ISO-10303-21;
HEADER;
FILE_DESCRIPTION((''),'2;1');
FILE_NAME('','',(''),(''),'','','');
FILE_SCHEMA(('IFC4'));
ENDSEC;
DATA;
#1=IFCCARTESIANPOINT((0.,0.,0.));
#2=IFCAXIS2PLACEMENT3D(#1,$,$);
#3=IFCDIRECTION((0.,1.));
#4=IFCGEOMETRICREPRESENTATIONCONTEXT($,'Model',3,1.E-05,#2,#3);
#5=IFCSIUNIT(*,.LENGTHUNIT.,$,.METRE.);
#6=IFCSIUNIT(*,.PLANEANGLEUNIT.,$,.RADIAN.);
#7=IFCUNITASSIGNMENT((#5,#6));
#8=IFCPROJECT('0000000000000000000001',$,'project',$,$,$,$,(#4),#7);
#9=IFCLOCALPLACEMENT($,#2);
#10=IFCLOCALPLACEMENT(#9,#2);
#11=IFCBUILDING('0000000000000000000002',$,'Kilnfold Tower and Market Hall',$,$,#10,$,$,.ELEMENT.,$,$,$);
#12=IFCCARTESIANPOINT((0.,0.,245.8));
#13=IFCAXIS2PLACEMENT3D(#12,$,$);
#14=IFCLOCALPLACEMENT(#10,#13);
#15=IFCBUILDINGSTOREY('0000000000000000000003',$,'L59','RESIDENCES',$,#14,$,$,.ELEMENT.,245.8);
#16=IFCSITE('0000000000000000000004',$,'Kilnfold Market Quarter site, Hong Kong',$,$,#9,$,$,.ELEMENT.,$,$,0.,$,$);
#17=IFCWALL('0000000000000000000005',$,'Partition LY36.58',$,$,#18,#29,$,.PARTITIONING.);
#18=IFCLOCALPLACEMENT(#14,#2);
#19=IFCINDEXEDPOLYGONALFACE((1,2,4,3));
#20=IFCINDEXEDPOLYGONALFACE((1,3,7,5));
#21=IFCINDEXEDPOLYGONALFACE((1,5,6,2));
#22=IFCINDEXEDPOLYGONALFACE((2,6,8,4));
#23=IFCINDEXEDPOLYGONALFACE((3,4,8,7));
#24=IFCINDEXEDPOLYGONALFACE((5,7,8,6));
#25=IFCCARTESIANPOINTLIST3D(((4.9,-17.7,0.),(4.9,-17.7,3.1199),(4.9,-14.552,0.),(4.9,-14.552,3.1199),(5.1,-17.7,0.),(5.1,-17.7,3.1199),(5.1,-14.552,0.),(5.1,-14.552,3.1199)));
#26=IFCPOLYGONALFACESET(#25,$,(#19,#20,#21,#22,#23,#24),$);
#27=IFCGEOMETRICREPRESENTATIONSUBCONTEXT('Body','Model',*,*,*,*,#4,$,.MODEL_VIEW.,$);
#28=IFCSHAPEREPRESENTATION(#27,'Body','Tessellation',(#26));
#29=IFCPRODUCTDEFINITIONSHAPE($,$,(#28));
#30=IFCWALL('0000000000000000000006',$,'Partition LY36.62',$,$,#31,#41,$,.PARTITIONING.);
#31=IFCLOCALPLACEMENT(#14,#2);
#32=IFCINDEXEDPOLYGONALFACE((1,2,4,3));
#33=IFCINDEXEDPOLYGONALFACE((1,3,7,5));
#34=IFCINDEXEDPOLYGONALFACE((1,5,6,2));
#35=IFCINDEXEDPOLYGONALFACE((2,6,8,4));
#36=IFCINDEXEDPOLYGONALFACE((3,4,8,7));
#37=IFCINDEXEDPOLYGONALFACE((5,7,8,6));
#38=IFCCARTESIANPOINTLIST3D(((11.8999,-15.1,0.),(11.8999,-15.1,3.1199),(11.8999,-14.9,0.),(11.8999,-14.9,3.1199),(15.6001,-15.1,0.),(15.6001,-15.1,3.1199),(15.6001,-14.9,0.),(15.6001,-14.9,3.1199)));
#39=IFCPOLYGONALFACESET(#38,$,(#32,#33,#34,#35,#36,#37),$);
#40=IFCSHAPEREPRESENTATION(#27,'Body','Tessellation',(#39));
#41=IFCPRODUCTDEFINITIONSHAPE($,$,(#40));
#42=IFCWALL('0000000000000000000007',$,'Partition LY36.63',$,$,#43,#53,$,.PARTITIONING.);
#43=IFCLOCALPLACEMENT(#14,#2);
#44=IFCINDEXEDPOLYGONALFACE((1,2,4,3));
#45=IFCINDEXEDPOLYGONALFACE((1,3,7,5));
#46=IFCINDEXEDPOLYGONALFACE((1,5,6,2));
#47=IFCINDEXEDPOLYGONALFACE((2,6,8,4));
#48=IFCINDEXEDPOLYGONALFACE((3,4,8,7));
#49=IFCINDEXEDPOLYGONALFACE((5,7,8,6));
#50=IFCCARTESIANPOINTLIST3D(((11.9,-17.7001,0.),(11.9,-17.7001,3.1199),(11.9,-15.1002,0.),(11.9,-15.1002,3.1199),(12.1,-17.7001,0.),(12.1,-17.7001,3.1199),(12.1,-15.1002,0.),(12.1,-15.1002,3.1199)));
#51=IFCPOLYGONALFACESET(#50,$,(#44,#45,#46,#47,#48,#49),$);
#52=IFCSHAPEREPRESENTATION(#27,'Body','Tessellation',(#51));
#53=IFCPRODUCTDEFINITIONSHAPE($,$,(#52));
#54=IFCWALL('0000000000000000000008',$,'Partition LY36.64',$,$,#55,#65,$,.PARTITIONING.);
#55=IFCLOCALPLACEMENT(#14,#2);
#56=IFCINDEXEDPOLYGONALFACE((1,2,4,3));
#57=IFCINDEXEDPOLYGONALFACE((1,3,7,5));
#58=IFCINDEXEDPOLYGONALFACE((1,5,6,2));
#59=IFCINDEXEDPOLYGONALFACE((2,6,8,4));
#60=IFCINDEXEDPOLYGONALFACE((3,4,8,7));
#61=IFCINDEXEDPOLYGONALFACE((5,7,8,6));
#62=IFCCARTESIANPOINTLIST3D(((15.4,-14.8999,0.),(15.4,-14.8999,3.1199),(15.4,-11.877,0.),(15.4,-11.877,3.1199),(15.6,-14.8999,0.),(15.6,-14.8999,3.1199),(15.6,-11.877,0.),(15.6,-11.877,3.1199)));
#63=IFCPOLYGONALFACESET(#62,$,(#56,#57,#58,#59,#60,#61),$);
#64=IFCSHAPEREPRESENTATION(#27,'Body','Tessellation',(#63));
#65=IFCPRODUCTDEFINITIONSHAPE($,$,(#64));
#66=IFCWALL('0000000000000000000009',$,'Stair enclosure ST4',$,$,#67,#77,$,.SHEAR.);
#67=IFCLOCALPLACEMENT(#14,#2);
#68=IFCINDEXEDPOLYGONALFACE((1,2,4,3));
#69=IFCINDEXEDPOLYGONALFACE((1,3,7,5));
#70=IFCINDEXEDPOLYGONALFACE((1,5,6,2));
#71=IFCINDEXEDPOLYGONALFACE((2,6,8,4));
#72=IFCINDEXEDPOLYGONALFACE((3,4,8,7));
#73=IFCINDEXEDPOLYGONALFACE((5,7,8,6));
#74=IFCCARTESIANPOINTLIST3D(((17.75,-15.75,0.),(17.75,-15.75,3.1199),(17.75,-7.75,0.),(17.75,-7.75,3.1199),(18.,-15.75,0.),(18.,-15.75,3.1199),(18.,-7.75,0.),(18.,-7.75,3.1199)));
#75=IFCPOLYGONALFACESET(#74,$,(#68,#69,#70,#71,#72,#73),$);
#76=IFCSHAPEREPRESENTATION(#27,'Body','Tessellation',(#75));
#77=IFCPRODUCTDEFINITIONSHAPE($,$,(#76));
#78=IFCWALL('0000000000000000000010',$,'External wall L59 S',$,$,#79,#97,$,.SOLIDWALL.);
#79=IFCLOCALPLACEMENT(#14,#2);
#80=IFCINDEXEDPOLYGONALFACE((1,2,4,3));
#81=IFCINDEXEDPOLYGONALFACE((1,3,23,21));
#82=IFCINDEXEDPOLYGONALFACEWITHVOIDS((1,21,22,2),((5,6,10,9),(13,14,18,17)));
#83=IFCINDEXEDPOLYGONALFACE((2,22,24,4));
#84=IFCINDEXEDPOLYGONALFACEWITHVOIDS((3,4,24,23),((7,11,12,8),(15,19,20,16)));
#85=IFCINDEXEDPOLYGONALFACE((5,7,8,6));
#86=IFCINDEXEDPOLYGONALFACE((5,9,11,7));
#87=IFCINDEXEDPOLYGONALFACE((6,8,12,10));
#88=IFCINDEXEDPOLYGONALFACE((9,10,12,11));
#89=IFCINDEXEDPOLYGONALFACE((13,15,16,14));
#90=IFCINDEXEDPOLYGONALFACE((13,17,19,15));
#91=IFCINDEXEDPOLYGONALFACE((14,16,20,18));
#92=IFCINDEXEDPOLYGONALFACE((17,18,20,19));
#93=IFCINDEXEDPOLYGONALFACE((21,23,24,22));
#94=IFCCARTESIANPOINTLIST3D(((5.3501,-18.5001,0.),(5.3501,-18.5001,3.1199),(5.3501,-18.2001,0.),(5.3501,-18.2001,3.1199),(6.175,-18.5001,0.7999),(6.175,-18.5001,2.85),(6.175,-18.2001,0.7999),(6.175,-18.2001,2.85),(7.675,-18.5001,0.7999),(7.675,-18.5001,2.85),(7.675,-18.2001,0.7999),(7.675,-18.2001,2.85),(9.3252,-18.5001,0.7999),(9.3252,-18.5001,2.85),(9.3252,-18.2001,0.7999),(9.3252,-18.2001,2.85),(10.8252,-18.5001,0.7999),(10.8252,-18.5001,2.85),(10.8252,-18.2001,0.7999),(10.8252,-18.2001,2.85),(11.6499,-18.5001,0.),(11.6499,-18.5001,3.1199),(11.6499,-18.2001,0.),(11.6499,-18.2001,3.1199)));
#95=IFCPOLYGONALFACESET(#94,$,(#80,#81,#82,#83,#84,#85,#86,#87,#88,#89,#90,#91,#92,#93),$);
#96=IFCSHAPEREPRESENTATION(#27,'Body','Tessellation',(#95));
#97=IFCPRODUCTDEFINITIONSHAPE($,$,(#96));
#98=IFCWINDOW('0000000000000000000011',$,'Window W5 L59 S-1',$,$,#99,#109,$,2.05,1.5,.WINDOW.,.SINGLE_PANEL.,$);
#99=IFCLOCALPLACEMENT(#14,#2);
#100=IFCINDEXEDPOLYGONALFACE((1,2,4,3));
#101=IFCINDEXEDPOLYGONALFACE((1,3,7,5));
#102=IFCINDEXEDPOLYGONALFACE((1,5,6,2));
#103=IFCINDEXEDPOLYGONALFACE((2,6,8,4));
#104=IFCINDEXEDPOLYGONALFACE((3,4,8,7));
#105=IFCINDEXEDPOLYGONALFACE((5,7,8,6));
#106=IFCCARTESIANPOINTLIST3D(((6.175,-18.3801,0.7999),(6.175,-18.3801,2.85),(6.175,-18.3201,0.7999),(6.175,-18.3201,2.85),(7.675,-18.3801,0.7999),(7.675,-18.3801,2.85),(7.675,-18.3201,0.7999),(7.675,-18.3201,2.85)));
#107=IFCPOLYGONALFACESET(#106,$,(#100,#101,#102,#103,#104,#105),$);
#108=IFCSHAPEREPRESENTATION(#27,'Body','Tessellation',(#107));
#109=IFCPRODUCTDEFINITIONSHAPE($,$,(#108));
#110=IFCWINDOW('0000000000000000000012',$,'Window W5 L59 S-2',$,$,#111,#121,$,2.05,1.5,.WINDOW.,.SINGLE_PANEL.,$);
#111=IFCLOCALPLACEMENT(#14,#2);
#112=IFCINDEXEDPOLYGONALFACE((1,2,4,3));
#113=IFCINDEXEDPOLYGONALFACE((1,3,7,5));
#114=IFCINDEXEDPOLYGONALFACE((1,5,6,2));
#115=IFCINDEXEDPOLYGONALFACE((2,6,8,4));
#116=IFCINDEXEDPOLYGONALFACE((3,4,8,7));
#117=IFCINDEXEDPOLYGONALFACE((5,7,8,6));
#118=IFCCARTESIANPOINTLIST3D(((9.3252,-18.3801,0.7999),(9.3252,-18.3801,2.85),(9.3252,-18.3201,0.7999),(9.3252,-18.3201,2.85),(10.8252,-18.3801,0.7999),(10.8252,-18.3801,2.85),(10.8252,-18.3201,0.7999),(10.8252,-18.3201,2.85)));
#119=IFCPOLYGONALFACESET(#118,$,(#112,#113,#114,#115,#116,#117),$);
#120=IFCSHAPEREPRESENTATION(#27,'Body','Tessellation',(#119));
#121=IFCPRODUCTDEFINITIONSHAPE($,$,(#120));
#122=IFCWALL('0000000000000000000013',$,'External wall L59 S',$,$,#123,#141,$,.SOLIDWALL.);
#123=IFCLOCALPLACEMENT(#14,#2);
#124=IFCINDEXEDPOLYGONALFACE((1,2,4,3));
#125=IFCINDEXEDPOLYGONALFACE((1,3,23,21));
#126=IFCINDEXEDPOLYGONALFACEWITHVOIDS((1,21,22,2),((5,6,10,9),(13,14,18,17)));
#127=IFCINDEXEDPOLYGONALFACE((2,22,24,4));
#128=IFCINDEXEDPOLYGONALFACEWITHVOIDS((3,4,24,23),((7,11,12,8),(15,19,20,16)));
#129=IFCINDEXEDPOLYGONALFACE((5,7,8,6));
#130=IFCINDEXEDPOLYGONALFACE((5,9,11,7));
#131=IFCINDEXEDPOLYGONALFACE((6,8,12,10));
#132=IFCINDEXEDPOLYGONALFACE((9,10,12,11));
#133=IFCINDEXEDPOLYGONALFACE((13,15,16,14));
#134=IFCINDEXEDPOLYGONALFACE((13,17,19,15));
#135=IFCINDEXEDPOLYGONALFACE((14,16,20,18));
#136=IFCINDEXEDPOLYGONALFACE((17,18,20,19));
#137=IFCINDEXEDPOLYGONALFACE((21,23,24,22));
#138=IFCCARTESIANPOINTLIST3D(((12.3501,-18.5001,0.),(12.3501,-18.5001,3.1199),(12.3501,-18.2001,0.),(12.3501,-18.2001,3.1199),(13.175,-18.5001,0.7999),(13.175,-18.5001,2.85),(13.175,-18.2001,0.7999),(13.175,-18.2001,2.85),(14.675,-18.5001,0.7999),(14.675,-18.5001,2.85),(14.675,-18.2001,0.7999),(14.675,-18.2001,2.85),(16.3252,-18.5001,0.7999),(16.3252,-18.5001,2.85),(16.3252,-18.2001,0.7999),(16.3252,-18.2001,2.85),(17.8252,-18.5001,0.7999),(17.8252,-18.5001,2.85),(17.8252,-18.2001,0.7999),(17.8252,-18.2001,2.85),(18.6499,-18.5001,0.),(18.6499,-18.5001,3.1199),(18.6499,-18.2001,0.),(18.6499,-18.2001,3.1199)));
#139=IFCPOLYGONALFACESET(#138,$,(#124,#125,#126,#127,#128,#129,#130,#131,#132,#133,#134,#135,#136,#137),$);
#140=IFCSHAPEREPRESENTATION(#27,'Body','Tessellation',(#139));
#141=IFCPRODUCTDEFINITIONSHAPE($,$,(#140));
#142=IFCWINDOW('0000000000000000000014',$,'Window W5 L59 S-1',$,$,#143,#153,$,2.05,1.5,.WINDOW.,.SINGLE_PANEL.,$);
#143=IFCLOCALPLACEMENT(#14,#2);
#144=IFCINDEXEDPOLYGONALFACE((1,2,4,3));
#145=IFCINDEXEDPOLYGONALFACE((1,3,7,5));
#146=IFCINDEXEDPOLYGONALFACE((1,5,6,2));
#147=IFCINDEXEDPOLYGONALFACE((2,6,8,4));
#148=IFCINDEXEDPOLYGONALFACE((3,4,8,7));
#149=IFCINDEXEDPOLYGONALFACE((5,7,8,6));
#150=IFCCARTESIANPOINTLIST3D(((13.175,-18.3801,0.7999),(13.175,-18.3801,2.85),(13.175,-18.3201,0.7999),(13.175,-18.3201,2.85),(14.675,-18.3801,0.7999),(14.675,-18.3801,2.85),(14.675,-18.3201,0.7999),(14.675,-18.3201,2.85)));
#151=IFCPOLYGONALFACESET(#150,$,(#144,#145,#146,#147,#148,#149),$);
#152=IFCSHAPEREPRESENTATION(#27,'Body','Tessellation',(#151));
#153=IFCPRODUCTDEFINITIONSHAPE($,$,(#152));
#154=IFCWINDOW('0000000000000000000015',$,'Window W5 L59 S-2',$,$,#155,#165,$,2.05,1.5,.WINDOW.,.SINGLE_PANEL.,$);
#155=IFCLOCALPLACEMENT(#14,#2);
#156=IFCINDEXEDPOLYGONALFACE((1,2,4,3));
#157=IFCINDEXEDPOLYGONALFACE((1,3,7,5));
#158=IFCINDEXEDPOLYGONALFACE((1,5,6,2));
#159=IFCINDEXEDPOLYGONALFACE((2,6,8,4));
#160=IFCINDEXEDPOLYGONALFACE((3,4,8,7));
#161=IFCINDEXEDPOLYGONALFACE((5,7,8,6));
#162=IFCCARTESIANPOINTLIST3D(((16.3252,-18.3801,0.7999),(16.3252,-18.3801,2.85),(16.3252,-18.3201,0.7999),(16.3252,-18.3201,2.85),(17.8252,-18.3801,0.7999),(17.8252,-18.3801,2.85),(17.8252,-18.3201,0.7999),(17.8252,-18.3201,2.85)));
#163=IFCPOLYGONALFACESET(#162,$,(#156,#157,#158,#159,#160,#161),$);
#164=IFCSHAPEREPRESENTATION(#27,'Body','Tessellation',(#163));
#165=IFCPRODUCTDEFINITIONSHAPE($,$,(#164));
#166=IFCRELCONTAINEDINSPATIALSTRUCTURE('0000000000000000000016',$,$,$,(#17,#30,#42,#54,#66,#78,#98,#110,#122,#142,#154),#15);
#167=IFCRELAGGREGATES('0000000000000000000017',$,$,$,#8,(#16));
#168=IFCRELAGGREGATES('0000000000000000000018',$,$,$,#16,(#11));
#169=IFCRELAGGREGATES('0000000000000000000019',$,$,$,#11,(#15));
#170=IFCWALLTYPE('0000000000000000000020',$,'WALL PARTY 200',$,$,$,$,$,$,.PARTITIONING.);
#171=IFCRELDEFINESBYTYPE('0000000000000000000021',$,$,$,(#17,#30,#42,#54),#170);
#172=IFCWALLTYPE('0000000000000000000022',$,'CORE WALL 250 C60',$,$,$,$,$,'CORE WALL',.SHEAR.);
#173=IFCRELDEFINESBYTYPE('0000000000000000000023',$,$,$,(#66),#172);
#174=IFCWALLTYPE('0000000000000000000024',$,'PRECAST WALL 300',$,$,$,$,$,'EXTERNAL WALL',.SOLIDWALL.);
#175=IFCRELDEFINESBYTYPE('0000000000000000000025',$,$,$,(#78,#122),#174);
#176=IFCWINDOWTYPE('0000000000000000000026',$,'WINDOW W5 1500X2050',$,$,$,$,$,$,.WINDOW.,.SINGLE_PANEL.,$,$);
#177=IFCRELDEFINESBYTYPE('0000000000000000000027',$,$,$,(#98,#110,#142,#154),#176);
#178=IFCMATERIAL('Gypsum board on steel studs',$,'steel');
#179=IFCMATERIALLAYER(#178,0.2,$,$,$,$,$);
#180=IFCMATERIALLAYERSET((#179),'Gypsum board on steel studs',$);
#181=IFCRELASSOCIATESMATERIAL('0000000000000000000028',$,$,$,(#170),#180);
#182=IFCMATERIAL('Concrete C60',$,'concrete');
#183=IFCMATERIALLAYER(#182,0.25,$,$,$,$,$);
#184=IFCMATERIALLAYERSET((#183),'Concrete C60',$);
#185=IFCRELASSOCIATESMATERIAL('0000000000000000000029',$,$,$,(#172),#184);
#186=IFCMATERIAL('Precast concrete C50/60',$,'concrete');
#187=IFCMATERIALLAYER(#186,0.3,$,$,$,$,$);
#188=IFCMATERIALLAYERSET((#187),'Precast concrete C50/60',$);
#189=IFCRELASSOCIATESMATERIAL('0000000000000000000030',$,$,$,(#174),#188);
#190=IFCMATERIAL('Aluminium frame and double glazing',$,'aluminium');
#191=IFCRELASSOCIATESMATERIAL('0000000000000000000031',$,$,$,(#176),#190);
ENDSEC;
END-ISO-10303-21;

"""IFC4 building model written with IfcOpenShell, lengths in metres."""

from ifc_helpers import new_model, si_unit, direction, frame, frame_2d, origin, place, context, subcontext, project, spatial, rectangle, extrude, source, transform, mapped, material, layer, layer_set, type_object, element, fill, save


model = new_model("IFC4")

# Units and contexts
model_context = context("Model", 3, precision=1e-05, world=origin(), true_north=direction((0.0, 1.0)))
body_context = subcontext(model_context, "Body", "Model", "MODEL_VIEW")
ifc_project = project(units=[si_unit("LENGTHUNIT", "METRE"), si_unit("PLANEANGLEUNIT", "RADIAN")], contexts=[model_context])

# Site, building, storey
site_placement = place(None, origin())
site = spatial("IfcSite", under=ifc_project, at=site_placement, Name="Kilnfold Market Quarter site, Hong Kong", CompositionType="ELEMENT", RefElevation=0.0)
building_placement = place(site_placement, origin())
building = spatial("IfcBuilding", under=site, at=building_placement, Name="Kilnfold Tower and Market Hall", CompositionType="ELEMENT")
storey_placement = place(building_placement, frame((0.0, 0.0, 245.8)))
storey = spatial("IfcBuildingStorey", under=building, at=storey_placement, Name="L59", Description="RESIDENCES", CompositionType="ELEMENT", Elevation=245.8)

# Walls
ifc_material_1 = material(Name="Gypsum board on steel studs", Category="steel")
ifc_layer_1 = layer(ifc_material_1, 0.2)
ifc_layer_set_1 = layer_set([ifc_layer_1], Name="Gypsum board on steel studs")
wall_type_1 = type_object("IfcWallType", Name="WALL PARTY 200", PredefinedType="PARTITIONING", material=ifc_layer_set_1)
wall_1_placement = place(storey_placement, frame((5.0, -17.7, 0.0), z_axis=(0.0, 0.0, 1.0), x_axis=(0.0, 1.0, 0.0)))
element("IfcWall", 1, at=wall_1_placement, inside=storey, type_object=wall_type_1, Name="Partition LY36.58", PredefinedType="PARTITIONING", context=body_context, shape_type="SweptSolid", body=[
    extrude(rectangle(XDim=3.1479, YDim=0.2, at=frame_2d((1.574, 0.0))), origin(), (0.0, 0.0, 1.0), 3.1199),
])
wall_2_placement = place(storey_placement, frame((11.8999, -15.0, 0.0), z_axis=(0.0, 0.0, 1.0), x_axis=(1.0, 0.0, 0.0)))
element("IfcWall", 2, at=wall_2_placement, inside=storey, type_object=wall_type_1, Name="Partition LY36.62", PredefinedType="PARTITIONING", context=body_context, shape_type="SweptSolid", body=[
    extrude(rectangle(XDim=3.7002, YDim=0.2, at=frame_2d((1.8501, 0.0))), origin(), (0.0, 0.0, 1.0), 3.1199),
])
wall_3_placement = place(storey_placement, frame((12.0, -17.7, 0.0), z_axis=(0.0, 0.0, 1.0), x_axis=(0.0, 1.0, 0.0)))
element("IfcWall", 3, at=wall_3_placement, inside=storey, type_object=wall_type_1, Name="Partition LY36.63", PredefinedType="PARTITIONING", context=body_context, shape_type="SweptSolid", body=[
    extrude(rectangle(XDim=2.5999, YDim=0.2, at=frame_2d((1.2998, 0.0))), origin(), (0.0, 0.0, 1.0), 3.1199),
])
wall_4_placement = place(storey_placement, frame((15.5, -14.8999, 0.0), z_axis=(0.0, 0.0, 1.0), x_axis=(0.0, 1.0, 0.0)))
element("IfcWall", 4, at=wall_4_placement, inside=storey, type_object=wall_type_1, Name="Partition LY36.64", PredefinedType="PARTITIONING", context=body_context, shape_type="SweptSolid", body=[
    extrude(rectangle(XDim=3.0229, YDim=0.2, at=frame_2d((1.5115, 0.0))), origin(), (0.0, 0.0, 1.0), 3.1199),
])
ifc_material_2 = material(Name="Concrete C60", Category="concrete")
ifc_layer_2 = layer(ifc_material_2, 0.25)
ifc_layer_set_2 = layer_set([ifc_layer_2], Name="Concrete C60")
wall_type_2 = type_object("IfcWallType", Name="CORE WALL 250 C60", ElementType="CORE WALL", PredefinedType="SHEAR", material=ifc_layer_set_2)
shared_shape_1 = source(origin(), body_context, "Body", "SweptSolid", [
    extrude(rectangle(XDim=8.0, YDim=0.25, at=frame_2d((4.0, 0.0))), origin(), (0.0, 0.0, 1.0), 3.1199),
])
wall_5_placement = place(storey_placement, frame((17.875, -15.75, 0.0), z_axis=(0.0, 0.0, 1.0), x_axis=(0.0, 1.0, 0.0)))
element("IfcWall", 5, at=wall_5_placement, inside=storey, type_object=wall_type_2, Name="Stair enclosure ST4", PredefinedType="SHEAR", context=body_context, shape_type="MappedRepresentation", body=[
    mapped(shared_shape_1, transform((0.0, 0.0, 0.0))),
])

# Walls, openings, windows
ifc_material_3 = material(Name="Precast concrete C50/60", Category="concrete")
ifc_layer_3 = layer(ifc_material_3, 0.3)
ifc_layer_set_3 = layer_set([ifc_layer_3], Name="Precast concrete C50/60")
wall_type_3 = type_object("IfcWallType", Name="PRECAST WALL 300", ElementType="EXTERNAL WALL", PredefinedType="SOLIDWALL", material=ifc_layer_set_3)
shared_shape_2 = source(origin(), body_context, "Body", "SweptSolid", [
    extrude(rectangle(XDim=6.2998, YDim=0.3, at=frame_2d((3.1499, 0.0))), origin(), (0.0, 0.0, 1.0), 3.1199),
])
wall_6_placement = place(storey_placement, frame((5.3501, -18.3501, 0.0), z_axis=(0.0, 0.0, 1.0), x_axis=(1.0, 0.0, 0.0)))
wall_6 = element("IfcWall", 6, at=wall_6_placement, inside=storey, type_object=wall_type_3, Name="External wall L59 S", PredefinedType="SOLIDWALL", context=body_context, shape_type="MappedRepresentation", body=[
    mapped(shared_shape_2, transform((0.0, 0.0, 0.0))),
])
opening_1_placement = place(wall_6_placement, frame((0.825, 0.0, 0.8)))
opening_1 = element("IfcOpeningElement", 7, at=opening_1_placement, cuts=wall_6, PredefinedType="OPENING", context=body_context, shape_type="SweptSolid", body=[
    extrude(rectangle(XDim=1.5, YDim=2.05, at=frame_2d((0.75, 1.0249))), frame((0.0, 0.1602, 0.0), z_axis=(0.0, -1.0, 0.0), x_axis=(1.0, 0.0, 0.0)), (0.0, 0.0, 1.0), 0.3201),
])
opening_2_placement = place(wall_6_placement, frame((3.9751, 0.0, 0.8)))
opening_2 = element("IfcOpeningElement", 8, at=opening_2_placement, cuts=wall_6, PredefinedType="OPENING", context=body_context, shape_type="SweptSolid", body=[
    extrude(rectangle(XDim=1.5, YDim=2.05, at=frame_2d((0.75, 1.0249))), frame((0.0, 0.1602, 0.0), z_axis=(0.0, -1.0, 0.0), x_axis=(1.0, 0.0, 0.0)), (0.0, 0.0, 1.0), 0.3201),
])
ifc_material_4 = material(Name="Aluminium frame and double glazing", Category="aluminium")
window_type = type_object("IfcWindowType", Name="WINDOW W5 1500X2050", PartitioningType="SINGLE_PANEL", PredefinedType="WINDOW", material=ifc_material_4)
window_1_placement = place(opening_1_placement, origin())
window_1 = element("IfcWindow", 9, at=window_1_placement, inside=storey, type_object=window_type, Name="Window W5 L59 S-1", OverallHeight=2.05, OverallWidth=1.5, PartitioningType="SINGLE_PANEL", PredefinedType="WINDOW", context=body_context, shape_type="SweptSolid", body=[
    extrude(rectangle(XDim=1.5, YDim=2.05, at=frame_2d((0.75, 1.0249))), frame((0.0, 0.03, 0.0), z_axis=(0.0, -1.0, 0.0), x_axis=(1.0, 0.0, 0.0)), (0.0, 0.0, 1.0), 0.0601),
])
fill(opening_1, window_1)
window_2_placement = place(opening_2_placement, origin())
window_2 = element("IfcWindow", 10, at=window_2_placement, inside=storey, type_object=window_type, Name="Window W5 L59 S-2", OverallHeight=2.05, OverallWidth=1.5, PartitioningType="SINGLE_PANEL", PredefinedType="WINDOW", context=body_context, shape_type="SweptSolid", body=[
    extrude(rectangle(XDim=1.5, YDim=2.05, at=frame_2d((0.75, 1.0249))), frame((0.0, 0.03, 0.0), z_axis=(0.0, -1.0, 0.0), x_axis=(1.0, 0.0, 0.0)), (0.0, 0.0, 1.0), 0.0601),
])
fill(opening_2, window_2)
wall_7_placement = place(storey_placement, frame((12.3501, -18.3501, 0.0), z_axis=(0.0, 0.0, 1.0), x_axis=(1.0, 0.0, 0.0)))
wall_7 = element("IfcWall", 11, at=wall_7_placement, inside=storey, type_object=wall_type_3, Name="External wall L59 S", PredefinedType="SOLIDWALL", context=body_context, shape_type="MappedRepresentation", body=[
    mapped(shared_shape_2, transform((0.0, 0.0, 0.0))),
])
opening_3_placement = place(wall_7_placement, frame((0.825, 0.0, 0.8)))
opening_3 = element("IfcOpeningElement", 12, at=opening_3_placement, cuts=wall_7, PredefinedType="OPENING", context=body_context, shape_type="SweptSolid", body=[
    extrude(rectangle(XDim=1.5, YDim=2.05, at=frame_2d((0.75, 1.0249))), frame((0.0, 0.1602, 0.0), z_axis=(0.0, -1.0, 0.0), x_axis=(1.0, 0.0, 0.0)), (0.0, 0.0, 1.0), 0.3201),
])
opening_4_placement = place(wall_7_placement, frame((3.9751, 0.0, 0.8)))
opening_4 = element("IfcOpeningElement", 13, at=opening_4_placement, cuts=wall_7, PredefinedType="OPENING", context=body_context, shape_type="SweptSolid", body=[
    extrude(rectangle(XDim=1.5, YDim=2.05, at=frame_2d((0.75, 1.0249))), frame((0.0, 0.1602, 0.0), z_axis=(0.0, -1.0, 0.0), x_axis=(1.0, 0.0, 0.0)), (0.0, 0.0, 1.0), 0.3201),
])
window_3_placement = place(opening_3_placement, origin())
window_3 = element("IfcWindow", 14, at=window_3_placement, inside=storey, type_object=window_type, Name="Window W5 L59 S-1", OverallHeight=2.05, OverallWidth=1.5, PartitioningType="SINGLE_PANEL", PredefinedType="WINDOW", context=body_context, shape_type="SweptSolid", body=[
    extrude(rectangle(XDim=1.5, YDim=2.05, at=frame_2d((0.75, 1.0249))), frame((0.0, 0.03, 0.0), z_axis=(0.0, -1.0, 0.0), x_axis=(1.0, 0.0, 0.0)), (0.0, 0.0, 1.0), 0.0601),
])
fill(opening_3, window_3)
window_4_placement = place(opening_4_placement, origin())
window_4 = element("IfcWindow", 15, at=window_4_placement, inside=storey, type_object=window_type, Name="Window W5 L59 S-2", OverallHeight=2.05, OverallWidth=1.5, PartitioningType="SINGLE_PANEL", PredefinedType="WINDOW", context=body_context, shape_type="SweptSolid", body=[
    extrude(rectangle(XDim=1.5, YDim=2.05, at=frame_2d((0.75, 1.0249))), frame((0.0, 0.03, 0.0), z_axis=(0.0, -1.0, 0.0), x_axis=(1.0, 0.0, 0.0)), (0.0, 0.0, 1.0), 0.0601),
])
fill(opening_4, window_4)

save(model, "model.ifc")
